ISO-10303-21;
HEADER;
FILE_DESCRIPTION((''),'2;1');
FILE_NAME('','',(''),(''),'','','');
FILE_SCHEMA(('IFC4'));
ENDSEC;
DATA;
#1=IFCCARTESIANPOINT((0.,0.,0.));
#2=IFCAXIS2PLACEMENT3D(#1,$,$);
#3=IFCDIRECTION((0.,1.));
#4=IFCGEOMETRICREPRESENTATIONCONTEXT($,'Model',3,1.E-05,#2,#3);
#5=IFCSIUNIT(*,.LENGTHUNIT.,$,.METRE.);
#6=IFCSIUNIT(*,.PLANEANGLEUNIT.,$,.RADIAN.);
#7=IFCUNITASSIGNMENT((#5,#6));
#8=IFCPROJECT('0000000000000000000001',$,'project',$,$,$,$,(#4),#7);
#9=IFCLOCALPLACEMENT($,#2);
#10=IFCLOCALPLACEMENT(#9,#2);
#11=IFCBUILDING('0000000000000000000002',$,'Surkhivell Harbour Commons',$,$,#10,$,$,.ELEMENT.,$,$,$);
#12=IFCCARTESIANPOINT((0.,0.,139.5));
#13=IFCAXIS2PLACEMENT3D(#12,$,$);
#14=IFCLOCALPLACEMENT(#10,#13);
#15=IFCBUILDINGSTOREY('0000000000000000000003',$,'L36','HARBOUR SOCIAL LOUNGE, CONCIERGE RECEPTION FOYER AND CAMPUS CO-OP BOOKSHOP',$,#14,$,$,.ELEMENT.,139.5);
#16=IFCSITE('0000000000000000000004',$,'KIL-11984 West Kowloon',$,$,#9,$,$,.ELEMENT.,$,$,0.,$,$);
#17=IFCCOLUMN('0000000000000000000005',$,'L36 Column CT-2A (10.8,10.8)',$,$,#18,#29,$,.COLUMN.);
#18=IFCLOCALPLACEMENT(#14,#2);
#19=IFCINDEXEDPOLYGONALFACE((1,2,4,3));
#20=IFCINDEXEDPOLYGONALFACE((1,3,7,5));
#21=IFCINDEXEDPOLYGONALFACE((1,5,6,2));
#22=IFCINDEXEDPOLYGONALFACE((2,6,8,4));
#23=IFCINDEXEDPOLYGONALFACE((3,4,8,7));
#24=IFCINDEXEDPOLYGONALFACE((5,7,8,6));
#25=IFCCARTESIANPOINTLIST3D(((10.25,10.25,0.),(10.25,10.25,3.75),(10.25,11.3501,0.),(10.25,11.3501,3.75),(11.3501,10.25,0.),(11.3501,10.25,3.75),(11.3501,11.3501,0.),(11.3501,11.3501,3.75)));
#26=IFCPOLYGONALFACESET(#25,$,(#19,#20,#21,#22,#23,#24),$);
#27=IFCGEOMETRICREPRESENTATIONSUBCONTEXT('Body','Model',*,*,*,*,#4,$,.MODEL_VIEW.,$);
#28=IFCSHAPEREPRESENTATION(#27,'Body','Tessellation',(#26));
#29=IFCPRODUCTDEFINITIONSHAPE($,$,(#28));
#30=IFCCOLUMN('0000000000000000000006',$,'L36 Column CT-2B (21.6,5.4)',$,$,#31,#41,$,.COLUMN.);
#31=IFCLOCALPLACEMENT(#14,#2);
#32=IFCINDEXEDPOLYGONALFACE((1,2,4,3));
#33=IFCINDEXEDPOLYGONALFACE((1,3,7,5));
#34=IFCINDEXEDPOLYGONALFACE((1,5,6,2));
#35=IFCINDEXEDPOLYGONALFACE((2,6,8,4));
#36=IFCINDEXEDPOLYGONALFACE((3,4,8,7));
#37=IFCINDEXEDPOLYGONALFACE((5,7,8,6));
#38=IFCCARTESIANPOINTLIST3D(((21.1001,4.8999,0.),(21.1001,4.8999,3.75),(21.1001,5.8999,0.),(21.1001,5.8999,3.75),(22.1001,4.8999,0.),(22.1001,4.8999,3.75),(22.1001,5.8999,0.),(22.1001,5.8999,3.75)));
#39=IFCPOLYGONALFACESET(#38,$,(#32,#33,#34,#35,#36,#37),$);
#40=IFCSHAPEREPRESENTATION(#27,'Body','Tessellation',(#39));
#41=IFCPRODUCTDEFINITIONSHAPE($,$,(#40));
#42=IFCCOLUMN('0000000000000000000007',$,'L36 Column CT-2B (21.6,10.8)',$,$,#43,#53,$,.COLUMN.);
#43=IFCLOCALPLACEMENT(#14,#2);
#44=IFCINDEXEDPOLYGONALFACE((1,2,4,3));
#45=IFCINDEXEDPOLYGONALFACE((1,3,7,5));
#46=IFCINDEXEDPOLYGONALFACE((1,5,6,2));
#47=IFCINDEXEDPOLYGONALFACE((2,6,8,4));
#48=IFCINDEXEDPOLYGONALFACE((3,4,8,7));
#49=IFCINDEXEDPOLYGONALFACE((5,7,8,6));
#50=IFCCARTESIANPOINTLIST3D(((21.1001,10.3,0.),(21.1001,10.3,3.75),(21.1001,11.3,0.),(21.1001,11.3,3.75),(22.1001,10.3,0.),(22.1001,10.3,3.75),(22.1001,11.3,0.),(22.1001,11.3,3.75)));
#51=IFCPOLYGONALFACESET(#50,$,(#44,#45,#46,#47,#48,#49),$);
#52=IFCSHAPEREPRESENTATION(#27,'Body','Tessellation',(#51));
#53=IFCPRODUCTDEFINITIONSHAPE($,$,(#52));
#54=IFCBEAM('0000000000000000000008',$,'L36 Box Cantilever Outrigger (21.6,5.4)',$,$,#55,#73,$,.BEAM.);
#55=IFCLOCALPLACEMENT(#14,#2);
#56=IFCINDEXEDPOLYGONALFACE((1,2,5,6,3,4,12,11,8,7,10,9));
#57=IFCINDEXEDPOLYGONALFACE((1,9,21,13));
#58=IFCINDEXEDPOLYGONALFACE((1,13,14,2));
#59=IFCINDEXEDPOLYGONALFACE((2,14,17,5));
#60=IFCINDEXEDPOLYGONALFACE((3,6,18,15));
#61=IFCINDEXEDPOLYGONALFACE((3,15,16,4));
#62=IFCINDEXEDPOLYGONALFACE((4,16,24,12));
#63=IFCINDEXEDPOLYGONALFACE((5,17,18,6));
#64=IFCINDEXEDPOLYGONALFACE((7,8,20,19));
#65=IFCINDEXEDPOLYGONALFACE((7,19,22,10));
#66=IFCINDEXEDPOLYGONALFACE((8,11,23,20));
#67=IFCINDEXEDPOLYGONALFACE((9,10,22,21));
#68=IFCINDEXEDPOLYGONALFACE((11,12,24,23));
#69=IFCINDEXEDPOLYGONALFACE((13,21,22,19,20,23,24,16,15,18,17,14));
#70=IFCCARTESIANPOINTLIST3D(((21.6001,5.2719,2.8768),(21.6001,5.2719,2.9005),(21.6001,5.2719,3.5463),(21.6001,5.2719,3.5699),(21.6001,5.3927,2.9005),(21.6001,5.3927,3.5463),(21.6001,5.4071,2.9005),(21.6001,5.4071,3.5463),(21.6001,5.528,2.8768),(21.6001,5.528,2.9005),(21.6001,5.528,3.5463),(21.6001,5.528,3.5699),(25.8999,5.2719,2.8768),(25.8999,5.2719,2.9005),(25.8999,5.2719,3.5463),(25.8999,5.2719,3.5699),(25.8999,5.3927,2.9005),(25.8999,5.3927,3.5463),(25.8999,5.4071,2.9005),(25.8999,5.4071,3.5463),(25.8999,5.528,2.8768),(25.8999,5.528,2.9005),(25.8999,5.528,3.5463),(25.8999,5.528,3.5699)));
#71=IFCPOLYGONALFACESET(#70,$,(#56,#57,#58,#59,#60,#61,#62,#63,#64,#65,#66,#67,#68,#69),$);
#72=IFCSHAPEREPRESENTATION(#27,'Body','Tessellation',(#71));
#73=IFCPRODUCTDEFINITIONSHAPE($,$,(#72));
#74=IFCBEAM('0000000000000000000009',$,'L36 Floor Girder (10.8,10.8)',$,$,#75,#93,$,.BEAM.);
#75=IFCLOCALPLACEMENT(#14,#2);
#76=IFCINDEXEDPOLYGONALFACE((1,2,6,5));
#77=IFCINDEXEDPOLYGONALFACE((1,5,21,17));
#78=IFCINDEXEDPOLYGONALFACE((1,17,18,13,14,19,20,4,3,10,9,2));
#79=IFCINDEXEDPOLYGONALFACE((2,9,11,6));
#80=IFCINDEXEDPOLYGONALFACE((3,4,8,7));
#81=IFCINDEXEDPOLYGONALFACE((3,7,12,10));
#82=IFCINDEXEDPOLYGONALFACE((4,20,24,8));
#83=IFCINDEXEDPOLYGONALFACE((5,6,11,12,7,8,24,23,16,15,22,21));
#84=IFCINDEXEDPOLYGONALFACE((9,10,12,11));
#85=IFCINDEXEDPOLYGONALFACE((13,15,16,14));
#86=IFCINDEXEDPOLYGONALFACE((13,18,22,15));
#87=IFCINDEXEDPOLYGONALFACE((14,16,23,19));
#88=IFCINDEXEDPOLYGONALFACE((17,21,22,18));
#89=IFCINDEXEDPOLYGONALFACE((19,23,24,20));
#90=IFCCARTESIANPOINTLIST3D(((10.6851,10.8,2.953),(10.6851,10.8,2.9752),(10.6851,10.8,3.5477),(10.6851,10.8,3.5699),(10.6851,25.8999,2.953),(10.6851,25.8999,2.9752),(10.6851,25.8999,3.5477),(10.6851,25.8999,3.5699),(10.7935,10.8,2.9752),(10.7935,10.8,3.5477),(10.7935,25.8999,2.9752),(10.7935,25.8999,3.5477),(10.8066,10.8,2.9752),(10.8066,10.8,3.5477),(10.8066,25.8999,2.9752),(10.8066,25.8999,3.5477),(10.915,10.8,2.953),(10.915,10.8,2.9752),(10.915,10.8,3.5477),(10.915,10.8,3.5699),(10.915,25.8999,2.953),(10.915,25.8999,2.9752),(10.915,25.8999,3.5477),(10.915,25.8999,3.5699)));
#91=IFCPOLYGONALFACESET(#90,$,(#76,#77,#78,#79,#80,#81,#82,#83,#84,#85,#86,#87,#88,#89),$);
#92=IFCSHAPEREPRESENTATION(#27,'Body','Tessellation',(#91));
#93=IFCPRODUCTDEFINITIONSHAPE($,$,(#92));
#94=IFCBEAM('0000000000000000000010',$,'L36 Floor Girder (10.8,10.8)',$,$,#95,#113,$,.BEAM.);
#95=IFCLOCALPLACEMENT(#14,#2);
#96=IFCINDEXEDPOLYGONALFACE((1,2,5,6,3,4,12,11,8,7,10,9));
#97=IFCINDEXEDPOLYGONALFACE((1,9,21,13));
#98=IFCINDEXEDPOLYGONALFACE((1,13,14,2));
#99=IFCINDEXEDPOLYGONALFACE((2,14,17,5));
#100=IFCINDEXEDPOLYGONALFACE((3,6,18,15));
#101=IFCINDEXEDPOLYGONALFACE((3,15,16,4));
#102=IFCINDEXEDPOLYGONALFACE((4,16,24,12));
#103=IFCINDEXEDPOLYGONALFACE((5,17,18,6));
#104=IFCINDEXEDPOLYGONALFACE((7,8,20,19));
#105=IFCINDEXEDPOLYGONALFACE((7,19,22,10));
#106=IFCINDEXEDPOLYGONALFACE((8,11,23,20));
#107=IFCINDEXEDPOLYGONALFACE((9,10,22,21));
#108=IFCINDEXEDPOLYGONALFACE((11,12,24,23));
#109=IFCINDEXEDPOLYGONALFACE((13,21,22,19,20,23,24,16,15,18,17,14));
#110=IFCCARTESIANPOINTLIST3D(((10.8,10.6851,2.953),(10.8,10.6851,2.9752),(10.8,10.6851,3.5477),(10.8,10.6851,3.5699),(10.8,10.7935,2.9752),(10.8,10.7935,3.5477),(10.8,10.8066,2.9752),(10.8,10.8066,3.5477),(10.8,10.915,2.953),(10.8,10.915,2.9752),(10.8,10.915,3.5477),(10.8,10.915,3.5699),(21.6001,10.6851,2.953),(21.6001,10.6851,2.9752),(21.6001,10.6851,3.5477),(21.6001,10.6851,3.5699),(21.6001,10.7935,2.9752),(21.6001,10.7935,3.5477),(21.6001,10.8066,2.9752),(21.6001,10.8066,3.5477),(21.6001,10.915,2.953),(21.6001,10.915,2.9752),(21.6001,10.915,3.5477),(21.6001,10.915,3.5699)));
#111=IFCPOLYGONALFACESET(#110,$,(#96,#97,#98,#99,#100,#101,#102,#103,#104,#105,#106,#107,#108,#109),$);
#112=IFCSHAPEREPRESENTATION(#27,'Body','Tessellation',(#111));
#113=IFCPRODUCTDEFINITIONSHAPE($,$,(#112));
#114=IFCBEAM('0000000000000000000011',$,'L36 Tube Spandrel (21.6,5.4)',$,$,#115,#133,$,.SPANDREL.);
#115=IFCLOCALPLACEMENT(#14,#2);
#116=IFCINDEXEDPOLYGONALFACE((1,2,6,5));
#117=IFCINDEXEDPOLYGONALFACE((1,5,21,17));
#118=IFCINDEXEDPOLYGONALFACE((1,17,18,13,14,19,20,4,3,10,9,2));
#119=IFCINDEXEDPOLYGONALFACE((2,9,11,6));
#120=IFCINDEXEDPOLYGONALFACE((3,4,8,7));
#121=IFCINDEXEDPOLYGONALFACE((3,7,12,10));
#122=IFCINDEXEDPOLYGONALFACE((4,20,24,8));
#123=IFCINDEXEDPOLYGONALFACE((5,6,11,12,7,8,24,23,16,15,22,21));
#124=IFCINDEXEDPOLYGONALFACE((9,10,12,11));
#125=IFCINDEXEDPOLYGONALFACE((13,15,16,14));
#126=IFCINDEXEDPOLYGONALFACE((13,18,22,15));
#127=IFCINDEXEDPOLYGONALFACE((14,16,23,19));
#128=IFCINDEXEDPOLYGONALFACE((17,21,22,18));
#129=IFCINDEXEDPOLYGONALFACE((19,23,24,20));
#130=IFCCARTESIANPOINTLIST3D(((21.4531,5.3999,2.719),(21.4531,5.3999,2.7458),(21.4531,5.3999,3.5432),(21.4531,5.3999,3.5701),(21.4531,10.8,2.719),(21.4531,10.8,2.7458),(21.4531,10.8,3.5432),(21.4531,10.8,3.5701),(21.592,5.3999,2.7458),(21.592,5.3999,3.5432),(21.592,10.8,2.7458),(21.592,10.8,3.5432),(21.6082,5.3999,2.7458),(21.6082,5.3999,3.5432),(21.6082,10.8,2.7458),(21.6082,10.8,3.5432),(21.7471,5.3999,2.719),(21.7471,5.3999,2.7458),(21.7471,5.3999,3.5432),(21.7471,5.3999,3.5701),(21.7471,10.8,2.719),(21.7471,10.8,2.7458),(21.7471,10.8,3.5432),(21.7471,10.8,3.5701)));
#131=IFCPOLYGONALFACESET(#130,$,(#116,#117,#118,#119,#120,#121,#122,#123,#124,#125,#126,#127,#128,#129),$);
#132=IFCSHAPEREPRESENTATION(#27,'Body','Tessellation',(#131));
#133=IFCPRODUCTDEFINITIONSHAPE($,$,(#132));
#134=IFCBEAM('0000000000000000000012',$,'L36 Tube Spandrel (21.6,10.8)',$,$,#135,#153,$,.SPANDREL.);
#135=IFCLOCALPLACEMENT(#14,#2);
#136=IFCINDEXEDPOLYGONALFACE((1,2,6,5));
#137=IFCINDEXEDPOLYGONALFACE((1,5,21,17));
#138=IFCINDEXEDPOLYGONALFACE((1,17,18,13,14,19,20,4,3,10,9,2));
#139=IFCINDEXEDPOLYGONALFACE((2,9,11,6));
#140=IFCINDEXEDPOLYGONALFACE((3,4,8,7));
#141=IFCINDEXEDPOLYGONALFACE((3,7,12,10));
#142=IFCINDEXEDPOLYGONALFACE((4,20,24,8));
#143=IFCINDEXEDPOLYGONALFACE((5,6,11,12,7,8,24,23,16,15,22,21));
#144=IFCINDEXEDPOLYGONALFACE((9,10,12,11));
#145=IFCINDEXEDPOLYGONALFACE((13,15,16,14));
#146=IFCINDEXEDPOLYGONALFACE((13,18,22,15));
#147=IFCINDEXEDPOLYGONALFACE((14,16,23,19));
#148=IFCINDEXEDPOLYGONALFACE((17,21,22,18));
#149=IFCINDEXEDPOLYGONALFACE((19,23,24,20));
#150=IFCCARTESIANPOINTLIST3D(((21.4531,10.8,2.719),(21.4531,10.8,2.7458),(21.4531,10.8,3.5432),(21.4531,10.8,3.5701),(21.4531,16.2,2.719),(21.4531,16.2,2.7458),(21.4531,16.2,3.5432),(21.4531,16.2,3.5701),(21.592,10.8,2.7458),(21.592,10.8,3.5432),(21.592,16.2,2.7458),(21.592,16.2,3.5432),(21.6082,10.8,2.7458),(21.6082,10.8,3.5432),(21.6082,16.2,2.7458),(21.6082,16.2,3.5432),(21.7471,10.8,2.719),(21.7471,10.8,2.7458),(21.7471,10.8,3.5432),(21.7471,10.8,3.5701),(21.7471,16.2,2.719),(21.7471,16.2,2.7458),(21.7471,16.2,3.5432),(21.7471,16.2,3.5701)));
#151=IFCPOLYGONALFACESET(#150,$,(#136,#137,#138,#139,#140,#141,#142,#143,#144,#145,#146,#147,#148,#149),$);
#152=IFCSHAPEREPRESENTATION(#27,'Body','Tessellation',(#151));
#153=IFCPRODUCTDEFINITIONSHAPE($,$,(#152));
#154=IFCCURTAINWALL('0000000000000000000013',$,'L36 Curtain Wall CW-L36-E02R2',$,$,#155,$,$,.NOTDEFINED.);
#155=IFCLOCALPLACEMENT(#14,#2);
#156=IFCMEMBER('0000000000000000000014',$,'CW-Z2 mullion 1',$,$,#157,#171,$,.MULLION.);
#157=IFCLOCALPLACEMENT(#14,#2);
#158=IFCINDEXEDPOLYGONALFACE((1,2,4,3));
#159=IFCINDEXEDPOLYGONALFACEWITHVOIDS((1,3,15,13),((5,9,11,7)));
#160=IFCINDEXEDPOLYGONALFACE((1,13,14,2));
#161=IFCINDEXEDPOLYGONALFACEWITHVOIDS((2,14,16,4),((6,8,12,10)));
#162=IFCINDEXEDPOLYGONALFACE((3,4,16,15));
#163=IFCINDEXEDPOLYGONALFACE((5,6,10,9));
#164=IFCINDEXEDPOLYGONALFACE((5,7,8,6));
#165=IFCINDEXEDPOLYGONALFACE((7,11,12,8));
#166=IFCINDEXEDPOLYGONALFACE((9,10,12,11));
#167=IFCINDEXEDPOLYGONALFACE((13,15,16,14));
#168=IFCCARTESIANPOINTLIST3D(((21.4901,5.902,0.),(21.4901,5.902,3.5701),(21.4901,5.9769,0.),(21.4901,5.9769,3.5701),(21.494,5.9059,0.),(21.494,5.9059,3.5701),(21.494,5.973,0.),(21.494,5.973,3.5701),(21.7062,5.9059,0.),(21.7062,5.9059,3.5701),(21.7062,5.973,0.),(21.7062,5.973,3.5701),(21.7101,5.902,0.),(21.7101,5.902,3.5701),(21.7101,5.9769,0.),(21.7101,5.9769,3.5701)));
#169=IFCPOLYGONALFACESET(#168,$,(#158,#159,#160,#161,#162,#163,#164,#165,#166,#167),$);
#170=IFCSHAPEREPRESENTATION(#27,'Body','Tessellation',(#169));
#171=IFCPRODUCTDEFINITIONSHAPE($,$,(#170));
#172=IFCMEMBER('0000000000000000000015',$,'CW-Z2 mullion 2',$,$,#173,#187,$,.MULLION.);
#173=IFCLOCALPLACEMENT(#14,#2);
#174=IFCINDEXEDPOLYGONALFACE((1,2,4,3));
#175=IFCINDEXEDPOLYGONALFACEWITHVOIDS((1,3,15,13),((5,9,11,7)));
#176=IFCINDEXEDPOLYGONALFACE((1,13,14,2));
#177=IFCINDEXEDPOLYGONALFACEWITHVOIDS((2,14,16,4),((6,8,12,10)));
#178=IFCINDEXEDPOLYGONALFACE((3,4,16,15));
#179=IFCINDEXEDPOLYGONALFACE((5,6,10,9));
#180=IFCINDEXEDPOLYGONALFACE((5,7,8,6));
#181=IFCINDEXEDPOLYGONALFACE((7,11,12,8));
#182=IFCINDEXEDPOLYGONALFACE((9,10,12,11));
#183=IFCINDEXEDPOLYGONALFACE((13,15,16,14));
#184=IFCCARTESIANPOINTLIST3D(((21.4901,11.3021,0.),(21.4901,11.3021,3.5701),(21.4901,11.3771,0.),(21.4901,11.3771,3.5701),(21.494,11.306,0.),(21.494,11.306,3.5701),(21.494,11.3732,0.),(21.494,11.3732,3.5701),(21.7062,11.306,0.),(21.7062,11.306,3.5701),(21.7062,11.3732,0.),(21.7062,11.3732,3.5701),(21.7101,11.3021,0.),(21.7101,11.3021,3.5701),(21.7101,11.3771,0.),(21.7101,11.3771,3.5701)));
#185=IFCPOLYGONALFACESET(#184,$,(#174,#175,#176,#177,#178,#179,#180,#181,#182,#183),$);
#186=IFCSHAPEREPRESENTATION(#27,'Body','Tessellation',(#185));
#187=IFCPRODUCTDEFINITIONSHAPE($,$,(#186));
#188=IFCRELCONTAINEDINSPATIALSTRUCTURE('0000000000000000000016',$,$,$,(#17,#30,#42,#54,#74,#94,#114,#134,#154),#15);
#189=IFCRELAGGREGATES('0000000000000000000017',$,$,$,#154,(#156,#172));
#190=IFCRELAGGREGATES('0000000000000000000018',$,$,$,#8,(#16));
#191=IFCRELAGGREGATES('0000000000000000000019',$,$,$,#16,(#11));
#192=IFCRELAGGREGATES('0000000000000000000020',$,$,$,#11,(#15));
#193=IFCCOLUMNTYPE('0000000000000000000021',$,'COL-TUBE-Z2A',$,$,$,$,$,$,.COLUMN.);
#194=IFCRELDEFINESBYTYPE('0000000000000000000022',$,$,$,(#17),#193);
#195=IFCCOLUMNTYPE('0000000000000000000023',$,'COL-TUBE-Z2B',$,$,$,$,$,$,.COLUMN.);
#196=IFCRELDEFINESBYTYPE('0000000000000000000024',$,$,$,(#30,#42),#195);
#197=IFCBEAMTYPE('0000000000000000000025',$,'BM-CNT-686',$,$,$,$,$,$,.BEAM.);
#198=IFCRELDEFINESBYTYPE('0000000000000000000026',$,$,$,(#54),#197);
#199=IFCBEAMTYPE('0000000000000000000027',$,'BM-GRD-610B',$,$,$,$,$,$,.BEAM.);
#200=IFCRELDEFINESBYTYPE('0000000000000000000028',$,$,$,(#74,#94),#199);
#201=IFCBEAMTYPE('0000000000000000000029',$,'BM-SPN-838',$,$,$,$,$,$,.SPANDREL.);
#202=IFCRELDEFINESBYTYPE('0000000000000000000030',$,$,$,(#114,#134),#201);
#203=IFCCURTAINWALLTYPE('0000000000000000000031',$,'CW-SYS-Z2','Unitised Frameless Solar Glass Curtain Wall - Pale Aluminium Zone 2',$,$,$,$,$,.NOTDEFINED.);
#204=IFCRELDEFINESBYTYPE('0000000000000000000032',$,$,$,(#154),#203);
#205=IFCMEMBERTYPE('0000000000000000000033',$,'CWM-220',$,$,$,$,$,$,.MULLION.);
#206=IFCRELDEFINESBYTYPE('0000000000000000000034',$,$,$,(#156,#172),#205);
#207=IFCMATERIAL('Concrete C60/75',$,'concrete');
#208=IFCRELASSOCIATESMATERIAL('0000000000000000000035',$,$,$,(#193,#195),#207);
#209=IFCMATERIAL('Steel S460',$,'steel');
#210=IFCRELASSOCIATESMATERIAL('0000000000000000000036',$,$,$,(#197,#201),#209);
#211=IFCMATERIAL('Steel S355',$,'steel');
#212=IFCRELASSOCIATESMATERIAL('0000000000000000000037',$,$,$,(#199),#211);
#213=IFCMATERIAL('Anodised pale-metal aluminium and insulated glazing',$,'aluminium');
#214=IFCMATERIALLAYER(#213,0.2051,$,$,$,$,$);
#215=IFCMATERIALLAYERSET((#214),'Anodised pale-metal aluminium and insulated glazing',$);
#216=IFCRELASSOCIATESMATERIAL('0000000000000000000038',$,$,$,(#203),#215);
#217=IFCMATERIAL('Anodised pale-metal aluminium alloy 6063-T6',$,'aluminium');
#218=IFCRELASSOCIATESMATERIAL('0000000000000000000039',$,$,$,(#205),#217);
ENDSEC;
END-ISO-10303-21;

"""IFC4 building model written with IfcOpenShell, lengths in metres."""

from ifc_helpers import new_model, si_unit, direction, frame, origin, origin_2d, place, context, subcontext, project, spatial, rectangle, hollow_rectangle, i_section, extrude, material, layer, layer_set, material_profile, profile_set, type_object, element, aggregate, save


model = new_model("IFC4")

# Units and contexts
model_context = context("Model", 3, precision=1e-05, world=origin(), true_north=direction((0.0, 1.0)))
body_context = subcontext(model_context, "Body", "Model", "MODEL_VIEW")
ifc_project = project(units=[si_unit("LENGTHUNIT", "METRE"), si_unit("PLANEANGLEUNIT", "RADIAN")], contexts=[model_context])

# Site, building, storey
site_placement = place(None, origin())
site = spatial("IfcSite", under=ifc_project, at=site_placement, Name="KIL-11984 West Kowloon", CompositionType="ELEMENT", RefElevation=0.0)
building_placement = place(site_placement, origin())
building = spatial("IfcBuilding", under=site, at=building_placement, Name="Surkhivell Harbour Commons", CompositionType="ELEMENT")
storey_placement = place(building_placement, frame((0.0, 0.0, 139.5)))
storey = spatial("IfcBuildingStorey", under=building, at=storey_placement, Name="L36", Description="HARBOUR SOCIAL LOUNGE, CONCIERGE RECEPTION FOYER AND CAMPUS CO-OP BOOKSHOP", CompositionType="ELEMENT", Elevation=139.5)

# Columns
ifc_material_1 = material(Name="Concrete C60/75", Category="concrete")
ifc_material_profile_1 = material_profile(ifc_material_1, rectangle(XDim=1.1001, YDim=1.1001, at=origin_2d()), Name="RC-COL-1100x1100")
ifc_profile_set_1 = profile_set([ifc_material_profile_1], Name="Concrete C60/75")
column_type_1 = type_object("IfcColumnType", Name="COL-TUBE-Z2A", PredefinedType="COLUMN", material=ifc_profile_set_1)
column_placement = place(storey_placement, frame((10.8, 10.8, 0.0), z_axis=(0.0, 0.0, 1.0), x_axis=(1.0, 0.0, 0.0)))
element("IfcColumn", 1, at=column_placement, inside=storey, type_object=column_type_1, Name="L36 Column CT-2A (10.8,10.8)", PredefinedType="COLUMN", context=body_context, shape_type="SweptSolid", body=[
    extrude(rectangle(XDim=1.1001, YDim=1.1001, at=origin_2d()), origin(), (0.0, 0.0, 1.0), 3.75),
])
ifc_material_profile_2 = material_profile(ifc_material_1, rectangle(XDim=1.0, YDim=1.0, at=origin_2d()), Name="RC-COL-1000x1000")
ifc_profile_set_2 = profile_set([ifc_material_profile_2], Name="Concrete C60/75")
column_type_2 = type_object("IfcColumnType", Name="COL-TUBE-Z2B", PredefinedType="COLUMN", material=ifc_profile_set_2)
for number, where, z_axis, x_axis, name in (
    (2, (21.6001, 5.3999, 0.0), (0.0, 0.0, 1.0), (1.0, 0.0, 0.0), "L36 Column CT-2B (21.6,5.4)"),
    (3, (21.6001, 10.8, 0.0), (0.0, 0.0, 1.0), (1.0, 0.0, 0.0), "L36 Column CT-2B (21.6,10.8)"),
):
    element("IfcColumn", number, at=place(storey_placement, frame(where, z_axis=z_axis, x_axis=x_axis)), inside=storey, type_object=column_type_2, Name=name, PredefinedType="COLUMN", context=body_context, shape_type="SweptSolid", body=[
        extrude(rectangle(XDim=1.0, YDim=1.0, at=origin_2d()), origin(), (0.0, 0.0, 1.0), 3.75),
    ])

# Beams
ifc_material_2 = material(Name="Steel S460", Category="steel")
ifc_material_profile_3 = material_profile(ifc_material_2, i_section(OverallWidth=0.2561, OverallDepth=0.6931, WebThickness=0.0144, FlangeThickness=0.0237, at=origin_2d()), Name="UB686x254x170")
ifc_profile_set_3 = profile_set([ifc_material_profile_3], Name="Steel S460")
beam_type_1 = type_object("IfcBeamType", Name="BM-CNT-686", PredefinedType="BEAM", material=ifc_profile_set_3)
beam_1_placement = place(storey_placement, frame((21.6001, 5.3999, 3.2234), z_axis=(1.0, 0.0, 0.0), x_axis=(0.0, 1.0, 0.0)))
element("IfcBeam", 4, at=beam_1_placement, inside=storey, type_object=beam_type_1, Name="L36 Box Cantilever Outrigger (21.6,5.4)", PredefinedType="BEAM", context=body_context, shape_type="SweptSolid", body=[
    extrude(i_section(OverallWidth=0.2561, OverallDepth=0.6931, WebThickness=0.0144, FlangeThickness=0.0237, at=origin_2d()), origin(), (0.0, 0.0, 1.0), 4.2998),
])
ifc_material_3 = material(Name="Steel S355", Category="steel")
ifc_material_profile_4 = material_profile(ifc_material_3, i_section(OverallWidth=0.23, OverallDepth=0.6169, WebThickness=0.0132, FlangeThickness=0.0222, at=origin_2d()), Name="UB610x229x140")
ifc_profile_set_4 = profile_set([ifc_material_profile_4], Name="Steel S355")
beam_type_2 = type_object("IfcBeamType", Name="BM-GRD-610B", PredefinedType="BEAM", material=ifc_profile_set_4)
beam_2_placement = place(storey_placement, frame((10.8, 10.8, 3.2615), z_axis=(0.0, 1.0, 0.0), x_axis=(-1.0, 0.0, 0.0)))
element("IfcBeam", 5, at=beam_2_placement, inside=storey, type_object=beam_type_2, Name="L36 Floor Girder (10.8,10.8)", PredefinedType="BEAM", context=body_context, shape_type="SweptSolid", body=[
    extrude(i_section(OverallWidth=0.23, OverallDepth=0.6169, WebThickness=0.0132, FlangeThickness=0.0222, at=origin_2d()), origin(), (0.0, 0.0, 1.0), 15.0999),
])
beam_3_placement = place(storey_placement, frame((10.8, 10.8, 3.2615), z_axis=(1.0, 0.0, 0.0), x_axis=(0.0, 1.0, 0.0)))
element("IfcBeam", 6, at=beam_3_placement, inside=storey, type_object=beam_type_2, Name="L36 Floor Girder (10.8,10.8)", PredefinedType="BEAM", context=body_context, shape_type="SweptSolid", body=[
    extrude(i_section(OverallWidth=0.23, OverallDepth=0.6169, WebThickness=0.0132, FlangeThickness=0.0222, at=origin_2d()), origin(), (0.0, 0.0, 1.0), 10.8),
])
ifc_material_profile_5 = material_profile(ifc_material_2, i_section(OverallWidth=0.2939, OverallDepth=0.8511, WebThickness=0.0161, FlangeThickness=0.0269, at=origin_2d()), Name="UB838x292x226")
ifc_profile_set_5 = profile_set([ifc_material_profile_5], Name="Steel S460")
beam_type_3 = type_object("IfcBeamType", Name="BM-SPN-838", PredefinedType="SPANDREL", material=ifc_profile_set_5)
beam_4_placement = place(storey_placement, frame((21.6001, 5.3999, 3.1445), z_axis=(0.0, 1.0, 0.0), x_axis=(-1.0, 0.0, 0.0)))
element("IfcBeam", 7, at=beam_4_placement, inside=storey, type_object=beam_type_3, Name="L36 Tube Spandrel (21.6,5.4)", PredefinedType="SPANDREL", context=body_context, shape_type="SweptSolid", body=[
    extrude(i_section(OverallWidth=0.2939, OverallDepth=0.8511, WebThickness=0.0161, FlangeThickness=0.0269, at=origin_2d()), origin(), (0.0, 0.0, 1.0), 5.4001),
])
beam_5_placement = place(storey_placement, frame((21.6001, 10.8, 3.1445), z_axis=(0.0, 1.0, 0.0), x_axis=(-1.0, 0.0, 0.0)))
element("IfcBeam", 8, at=beam_5_placement, inside=storey, type_object=beam_type_3, Name="L36 Tube Spandrel (21.6,10.8)", PredefinedType="SPANDREL", context=body_context, shape_type="SweptSolid", body=[
    extrude(i_section(OverallWidth=0.2939, OverallDepth=0.8511, WebThickness=0.0161, FlangeThickness=0.0269, at=origin_2d()), origin(), (0.0, 0.0, 1.0), 5.3999),
])

# Curtain wall, members
ifc_material_4 = material(Name="Anodised pale-metal aluminium and insulated glazing", Category="aluminium")
ifc_layer_1 = layer(ifc_material_4, 0.2051)
ifc_layer_set_1 = layer_set([ifc_layer_1], Name="Anodised pale-metal aluminium and insulated glazing")
curtain_wall_type = type_object("IfcCurtainWallType", Name="CW-SYS-Z2", Description="Unitised Frameless Solar Glass Curtain Wall - Pale Aluminium Zone 2", PredefinedType="NOTDEFINED", material=ifc_layer_set_1)
curtain_wall_placement = place(storey_placement, origin())
curtain_wall = element("IfcCurtainWall", 9, at=curtain_wall_placement, inside=storey, type_object=curtain_wall_type, Name="L36 Curtain Wall CW-L36-E02R2", PredefinedType="NOTDEFINED")
ifc_material_5 = material(Name="Anodised pale-metal aluminium alloy 6063-T6", Category="aluminium")
ifc_material_profile_6 = material_profile(ifc_material_5, hollow_rectangle(XDim=0.075, YDim=0.22, WallThickness=0.0039, at=origin_2d()), Name="ALU-MULL-75x220")
ifc_profile_set_6 = profile_set([ifc_material_profile_6], Name="Anodised pale-metal aluminium alloy 6063-T6")
member_type_1 = type_object("IfcMemberType", Name="CWM-220", PredefinedType="MULLION", material=ifc_profile_set_6)
member_1_placement = place(storey_placement, frame((21.6001, 5.9395, 0.0), z_axis=(0.0, 0.0, 1.0), x_axis=(0.0, 1.0, 0.0)))
member_1 = element("IfcMember", 10, at=member_1_placement, type_object=member_type_1, Name="CW-Z2 mullion 1", PredefinedType="MULLION", context=body_context, shape_type="SweptSolid", body=[
    extrude(hollow_rectangle(XDim=0.075, YDim=0.22, WallThickness=0.0039, at=origin_2d()), origin(), (0.0, 0.0, 1.0), 3.5701),
])
member_2_placement = place(storey_placement, frame((21.6001, 11.3396, 0.0), z_axis=(0.0, 0.0, 1.0), x_axis=(0.0, 1.0, 0.0)))
member_2 = element("IfcMember", 11, at=member_2_placement, type_object=member_type_1, Name="CW-Z2 mullion 2", PredefinedType="MULLION", context=body_context, shape_type="SweptSolid", body=[
    extrude(hollow_rectangle(XDim=0.075, YDim=0.22, WallThickness=0.0039, at=origin_2d()), origin(), (0.0, 0.0, 1.0), 3.5701),
])
aggregate(curtain_wall, [member_1, member_2])

save(model, "model.ifc")
